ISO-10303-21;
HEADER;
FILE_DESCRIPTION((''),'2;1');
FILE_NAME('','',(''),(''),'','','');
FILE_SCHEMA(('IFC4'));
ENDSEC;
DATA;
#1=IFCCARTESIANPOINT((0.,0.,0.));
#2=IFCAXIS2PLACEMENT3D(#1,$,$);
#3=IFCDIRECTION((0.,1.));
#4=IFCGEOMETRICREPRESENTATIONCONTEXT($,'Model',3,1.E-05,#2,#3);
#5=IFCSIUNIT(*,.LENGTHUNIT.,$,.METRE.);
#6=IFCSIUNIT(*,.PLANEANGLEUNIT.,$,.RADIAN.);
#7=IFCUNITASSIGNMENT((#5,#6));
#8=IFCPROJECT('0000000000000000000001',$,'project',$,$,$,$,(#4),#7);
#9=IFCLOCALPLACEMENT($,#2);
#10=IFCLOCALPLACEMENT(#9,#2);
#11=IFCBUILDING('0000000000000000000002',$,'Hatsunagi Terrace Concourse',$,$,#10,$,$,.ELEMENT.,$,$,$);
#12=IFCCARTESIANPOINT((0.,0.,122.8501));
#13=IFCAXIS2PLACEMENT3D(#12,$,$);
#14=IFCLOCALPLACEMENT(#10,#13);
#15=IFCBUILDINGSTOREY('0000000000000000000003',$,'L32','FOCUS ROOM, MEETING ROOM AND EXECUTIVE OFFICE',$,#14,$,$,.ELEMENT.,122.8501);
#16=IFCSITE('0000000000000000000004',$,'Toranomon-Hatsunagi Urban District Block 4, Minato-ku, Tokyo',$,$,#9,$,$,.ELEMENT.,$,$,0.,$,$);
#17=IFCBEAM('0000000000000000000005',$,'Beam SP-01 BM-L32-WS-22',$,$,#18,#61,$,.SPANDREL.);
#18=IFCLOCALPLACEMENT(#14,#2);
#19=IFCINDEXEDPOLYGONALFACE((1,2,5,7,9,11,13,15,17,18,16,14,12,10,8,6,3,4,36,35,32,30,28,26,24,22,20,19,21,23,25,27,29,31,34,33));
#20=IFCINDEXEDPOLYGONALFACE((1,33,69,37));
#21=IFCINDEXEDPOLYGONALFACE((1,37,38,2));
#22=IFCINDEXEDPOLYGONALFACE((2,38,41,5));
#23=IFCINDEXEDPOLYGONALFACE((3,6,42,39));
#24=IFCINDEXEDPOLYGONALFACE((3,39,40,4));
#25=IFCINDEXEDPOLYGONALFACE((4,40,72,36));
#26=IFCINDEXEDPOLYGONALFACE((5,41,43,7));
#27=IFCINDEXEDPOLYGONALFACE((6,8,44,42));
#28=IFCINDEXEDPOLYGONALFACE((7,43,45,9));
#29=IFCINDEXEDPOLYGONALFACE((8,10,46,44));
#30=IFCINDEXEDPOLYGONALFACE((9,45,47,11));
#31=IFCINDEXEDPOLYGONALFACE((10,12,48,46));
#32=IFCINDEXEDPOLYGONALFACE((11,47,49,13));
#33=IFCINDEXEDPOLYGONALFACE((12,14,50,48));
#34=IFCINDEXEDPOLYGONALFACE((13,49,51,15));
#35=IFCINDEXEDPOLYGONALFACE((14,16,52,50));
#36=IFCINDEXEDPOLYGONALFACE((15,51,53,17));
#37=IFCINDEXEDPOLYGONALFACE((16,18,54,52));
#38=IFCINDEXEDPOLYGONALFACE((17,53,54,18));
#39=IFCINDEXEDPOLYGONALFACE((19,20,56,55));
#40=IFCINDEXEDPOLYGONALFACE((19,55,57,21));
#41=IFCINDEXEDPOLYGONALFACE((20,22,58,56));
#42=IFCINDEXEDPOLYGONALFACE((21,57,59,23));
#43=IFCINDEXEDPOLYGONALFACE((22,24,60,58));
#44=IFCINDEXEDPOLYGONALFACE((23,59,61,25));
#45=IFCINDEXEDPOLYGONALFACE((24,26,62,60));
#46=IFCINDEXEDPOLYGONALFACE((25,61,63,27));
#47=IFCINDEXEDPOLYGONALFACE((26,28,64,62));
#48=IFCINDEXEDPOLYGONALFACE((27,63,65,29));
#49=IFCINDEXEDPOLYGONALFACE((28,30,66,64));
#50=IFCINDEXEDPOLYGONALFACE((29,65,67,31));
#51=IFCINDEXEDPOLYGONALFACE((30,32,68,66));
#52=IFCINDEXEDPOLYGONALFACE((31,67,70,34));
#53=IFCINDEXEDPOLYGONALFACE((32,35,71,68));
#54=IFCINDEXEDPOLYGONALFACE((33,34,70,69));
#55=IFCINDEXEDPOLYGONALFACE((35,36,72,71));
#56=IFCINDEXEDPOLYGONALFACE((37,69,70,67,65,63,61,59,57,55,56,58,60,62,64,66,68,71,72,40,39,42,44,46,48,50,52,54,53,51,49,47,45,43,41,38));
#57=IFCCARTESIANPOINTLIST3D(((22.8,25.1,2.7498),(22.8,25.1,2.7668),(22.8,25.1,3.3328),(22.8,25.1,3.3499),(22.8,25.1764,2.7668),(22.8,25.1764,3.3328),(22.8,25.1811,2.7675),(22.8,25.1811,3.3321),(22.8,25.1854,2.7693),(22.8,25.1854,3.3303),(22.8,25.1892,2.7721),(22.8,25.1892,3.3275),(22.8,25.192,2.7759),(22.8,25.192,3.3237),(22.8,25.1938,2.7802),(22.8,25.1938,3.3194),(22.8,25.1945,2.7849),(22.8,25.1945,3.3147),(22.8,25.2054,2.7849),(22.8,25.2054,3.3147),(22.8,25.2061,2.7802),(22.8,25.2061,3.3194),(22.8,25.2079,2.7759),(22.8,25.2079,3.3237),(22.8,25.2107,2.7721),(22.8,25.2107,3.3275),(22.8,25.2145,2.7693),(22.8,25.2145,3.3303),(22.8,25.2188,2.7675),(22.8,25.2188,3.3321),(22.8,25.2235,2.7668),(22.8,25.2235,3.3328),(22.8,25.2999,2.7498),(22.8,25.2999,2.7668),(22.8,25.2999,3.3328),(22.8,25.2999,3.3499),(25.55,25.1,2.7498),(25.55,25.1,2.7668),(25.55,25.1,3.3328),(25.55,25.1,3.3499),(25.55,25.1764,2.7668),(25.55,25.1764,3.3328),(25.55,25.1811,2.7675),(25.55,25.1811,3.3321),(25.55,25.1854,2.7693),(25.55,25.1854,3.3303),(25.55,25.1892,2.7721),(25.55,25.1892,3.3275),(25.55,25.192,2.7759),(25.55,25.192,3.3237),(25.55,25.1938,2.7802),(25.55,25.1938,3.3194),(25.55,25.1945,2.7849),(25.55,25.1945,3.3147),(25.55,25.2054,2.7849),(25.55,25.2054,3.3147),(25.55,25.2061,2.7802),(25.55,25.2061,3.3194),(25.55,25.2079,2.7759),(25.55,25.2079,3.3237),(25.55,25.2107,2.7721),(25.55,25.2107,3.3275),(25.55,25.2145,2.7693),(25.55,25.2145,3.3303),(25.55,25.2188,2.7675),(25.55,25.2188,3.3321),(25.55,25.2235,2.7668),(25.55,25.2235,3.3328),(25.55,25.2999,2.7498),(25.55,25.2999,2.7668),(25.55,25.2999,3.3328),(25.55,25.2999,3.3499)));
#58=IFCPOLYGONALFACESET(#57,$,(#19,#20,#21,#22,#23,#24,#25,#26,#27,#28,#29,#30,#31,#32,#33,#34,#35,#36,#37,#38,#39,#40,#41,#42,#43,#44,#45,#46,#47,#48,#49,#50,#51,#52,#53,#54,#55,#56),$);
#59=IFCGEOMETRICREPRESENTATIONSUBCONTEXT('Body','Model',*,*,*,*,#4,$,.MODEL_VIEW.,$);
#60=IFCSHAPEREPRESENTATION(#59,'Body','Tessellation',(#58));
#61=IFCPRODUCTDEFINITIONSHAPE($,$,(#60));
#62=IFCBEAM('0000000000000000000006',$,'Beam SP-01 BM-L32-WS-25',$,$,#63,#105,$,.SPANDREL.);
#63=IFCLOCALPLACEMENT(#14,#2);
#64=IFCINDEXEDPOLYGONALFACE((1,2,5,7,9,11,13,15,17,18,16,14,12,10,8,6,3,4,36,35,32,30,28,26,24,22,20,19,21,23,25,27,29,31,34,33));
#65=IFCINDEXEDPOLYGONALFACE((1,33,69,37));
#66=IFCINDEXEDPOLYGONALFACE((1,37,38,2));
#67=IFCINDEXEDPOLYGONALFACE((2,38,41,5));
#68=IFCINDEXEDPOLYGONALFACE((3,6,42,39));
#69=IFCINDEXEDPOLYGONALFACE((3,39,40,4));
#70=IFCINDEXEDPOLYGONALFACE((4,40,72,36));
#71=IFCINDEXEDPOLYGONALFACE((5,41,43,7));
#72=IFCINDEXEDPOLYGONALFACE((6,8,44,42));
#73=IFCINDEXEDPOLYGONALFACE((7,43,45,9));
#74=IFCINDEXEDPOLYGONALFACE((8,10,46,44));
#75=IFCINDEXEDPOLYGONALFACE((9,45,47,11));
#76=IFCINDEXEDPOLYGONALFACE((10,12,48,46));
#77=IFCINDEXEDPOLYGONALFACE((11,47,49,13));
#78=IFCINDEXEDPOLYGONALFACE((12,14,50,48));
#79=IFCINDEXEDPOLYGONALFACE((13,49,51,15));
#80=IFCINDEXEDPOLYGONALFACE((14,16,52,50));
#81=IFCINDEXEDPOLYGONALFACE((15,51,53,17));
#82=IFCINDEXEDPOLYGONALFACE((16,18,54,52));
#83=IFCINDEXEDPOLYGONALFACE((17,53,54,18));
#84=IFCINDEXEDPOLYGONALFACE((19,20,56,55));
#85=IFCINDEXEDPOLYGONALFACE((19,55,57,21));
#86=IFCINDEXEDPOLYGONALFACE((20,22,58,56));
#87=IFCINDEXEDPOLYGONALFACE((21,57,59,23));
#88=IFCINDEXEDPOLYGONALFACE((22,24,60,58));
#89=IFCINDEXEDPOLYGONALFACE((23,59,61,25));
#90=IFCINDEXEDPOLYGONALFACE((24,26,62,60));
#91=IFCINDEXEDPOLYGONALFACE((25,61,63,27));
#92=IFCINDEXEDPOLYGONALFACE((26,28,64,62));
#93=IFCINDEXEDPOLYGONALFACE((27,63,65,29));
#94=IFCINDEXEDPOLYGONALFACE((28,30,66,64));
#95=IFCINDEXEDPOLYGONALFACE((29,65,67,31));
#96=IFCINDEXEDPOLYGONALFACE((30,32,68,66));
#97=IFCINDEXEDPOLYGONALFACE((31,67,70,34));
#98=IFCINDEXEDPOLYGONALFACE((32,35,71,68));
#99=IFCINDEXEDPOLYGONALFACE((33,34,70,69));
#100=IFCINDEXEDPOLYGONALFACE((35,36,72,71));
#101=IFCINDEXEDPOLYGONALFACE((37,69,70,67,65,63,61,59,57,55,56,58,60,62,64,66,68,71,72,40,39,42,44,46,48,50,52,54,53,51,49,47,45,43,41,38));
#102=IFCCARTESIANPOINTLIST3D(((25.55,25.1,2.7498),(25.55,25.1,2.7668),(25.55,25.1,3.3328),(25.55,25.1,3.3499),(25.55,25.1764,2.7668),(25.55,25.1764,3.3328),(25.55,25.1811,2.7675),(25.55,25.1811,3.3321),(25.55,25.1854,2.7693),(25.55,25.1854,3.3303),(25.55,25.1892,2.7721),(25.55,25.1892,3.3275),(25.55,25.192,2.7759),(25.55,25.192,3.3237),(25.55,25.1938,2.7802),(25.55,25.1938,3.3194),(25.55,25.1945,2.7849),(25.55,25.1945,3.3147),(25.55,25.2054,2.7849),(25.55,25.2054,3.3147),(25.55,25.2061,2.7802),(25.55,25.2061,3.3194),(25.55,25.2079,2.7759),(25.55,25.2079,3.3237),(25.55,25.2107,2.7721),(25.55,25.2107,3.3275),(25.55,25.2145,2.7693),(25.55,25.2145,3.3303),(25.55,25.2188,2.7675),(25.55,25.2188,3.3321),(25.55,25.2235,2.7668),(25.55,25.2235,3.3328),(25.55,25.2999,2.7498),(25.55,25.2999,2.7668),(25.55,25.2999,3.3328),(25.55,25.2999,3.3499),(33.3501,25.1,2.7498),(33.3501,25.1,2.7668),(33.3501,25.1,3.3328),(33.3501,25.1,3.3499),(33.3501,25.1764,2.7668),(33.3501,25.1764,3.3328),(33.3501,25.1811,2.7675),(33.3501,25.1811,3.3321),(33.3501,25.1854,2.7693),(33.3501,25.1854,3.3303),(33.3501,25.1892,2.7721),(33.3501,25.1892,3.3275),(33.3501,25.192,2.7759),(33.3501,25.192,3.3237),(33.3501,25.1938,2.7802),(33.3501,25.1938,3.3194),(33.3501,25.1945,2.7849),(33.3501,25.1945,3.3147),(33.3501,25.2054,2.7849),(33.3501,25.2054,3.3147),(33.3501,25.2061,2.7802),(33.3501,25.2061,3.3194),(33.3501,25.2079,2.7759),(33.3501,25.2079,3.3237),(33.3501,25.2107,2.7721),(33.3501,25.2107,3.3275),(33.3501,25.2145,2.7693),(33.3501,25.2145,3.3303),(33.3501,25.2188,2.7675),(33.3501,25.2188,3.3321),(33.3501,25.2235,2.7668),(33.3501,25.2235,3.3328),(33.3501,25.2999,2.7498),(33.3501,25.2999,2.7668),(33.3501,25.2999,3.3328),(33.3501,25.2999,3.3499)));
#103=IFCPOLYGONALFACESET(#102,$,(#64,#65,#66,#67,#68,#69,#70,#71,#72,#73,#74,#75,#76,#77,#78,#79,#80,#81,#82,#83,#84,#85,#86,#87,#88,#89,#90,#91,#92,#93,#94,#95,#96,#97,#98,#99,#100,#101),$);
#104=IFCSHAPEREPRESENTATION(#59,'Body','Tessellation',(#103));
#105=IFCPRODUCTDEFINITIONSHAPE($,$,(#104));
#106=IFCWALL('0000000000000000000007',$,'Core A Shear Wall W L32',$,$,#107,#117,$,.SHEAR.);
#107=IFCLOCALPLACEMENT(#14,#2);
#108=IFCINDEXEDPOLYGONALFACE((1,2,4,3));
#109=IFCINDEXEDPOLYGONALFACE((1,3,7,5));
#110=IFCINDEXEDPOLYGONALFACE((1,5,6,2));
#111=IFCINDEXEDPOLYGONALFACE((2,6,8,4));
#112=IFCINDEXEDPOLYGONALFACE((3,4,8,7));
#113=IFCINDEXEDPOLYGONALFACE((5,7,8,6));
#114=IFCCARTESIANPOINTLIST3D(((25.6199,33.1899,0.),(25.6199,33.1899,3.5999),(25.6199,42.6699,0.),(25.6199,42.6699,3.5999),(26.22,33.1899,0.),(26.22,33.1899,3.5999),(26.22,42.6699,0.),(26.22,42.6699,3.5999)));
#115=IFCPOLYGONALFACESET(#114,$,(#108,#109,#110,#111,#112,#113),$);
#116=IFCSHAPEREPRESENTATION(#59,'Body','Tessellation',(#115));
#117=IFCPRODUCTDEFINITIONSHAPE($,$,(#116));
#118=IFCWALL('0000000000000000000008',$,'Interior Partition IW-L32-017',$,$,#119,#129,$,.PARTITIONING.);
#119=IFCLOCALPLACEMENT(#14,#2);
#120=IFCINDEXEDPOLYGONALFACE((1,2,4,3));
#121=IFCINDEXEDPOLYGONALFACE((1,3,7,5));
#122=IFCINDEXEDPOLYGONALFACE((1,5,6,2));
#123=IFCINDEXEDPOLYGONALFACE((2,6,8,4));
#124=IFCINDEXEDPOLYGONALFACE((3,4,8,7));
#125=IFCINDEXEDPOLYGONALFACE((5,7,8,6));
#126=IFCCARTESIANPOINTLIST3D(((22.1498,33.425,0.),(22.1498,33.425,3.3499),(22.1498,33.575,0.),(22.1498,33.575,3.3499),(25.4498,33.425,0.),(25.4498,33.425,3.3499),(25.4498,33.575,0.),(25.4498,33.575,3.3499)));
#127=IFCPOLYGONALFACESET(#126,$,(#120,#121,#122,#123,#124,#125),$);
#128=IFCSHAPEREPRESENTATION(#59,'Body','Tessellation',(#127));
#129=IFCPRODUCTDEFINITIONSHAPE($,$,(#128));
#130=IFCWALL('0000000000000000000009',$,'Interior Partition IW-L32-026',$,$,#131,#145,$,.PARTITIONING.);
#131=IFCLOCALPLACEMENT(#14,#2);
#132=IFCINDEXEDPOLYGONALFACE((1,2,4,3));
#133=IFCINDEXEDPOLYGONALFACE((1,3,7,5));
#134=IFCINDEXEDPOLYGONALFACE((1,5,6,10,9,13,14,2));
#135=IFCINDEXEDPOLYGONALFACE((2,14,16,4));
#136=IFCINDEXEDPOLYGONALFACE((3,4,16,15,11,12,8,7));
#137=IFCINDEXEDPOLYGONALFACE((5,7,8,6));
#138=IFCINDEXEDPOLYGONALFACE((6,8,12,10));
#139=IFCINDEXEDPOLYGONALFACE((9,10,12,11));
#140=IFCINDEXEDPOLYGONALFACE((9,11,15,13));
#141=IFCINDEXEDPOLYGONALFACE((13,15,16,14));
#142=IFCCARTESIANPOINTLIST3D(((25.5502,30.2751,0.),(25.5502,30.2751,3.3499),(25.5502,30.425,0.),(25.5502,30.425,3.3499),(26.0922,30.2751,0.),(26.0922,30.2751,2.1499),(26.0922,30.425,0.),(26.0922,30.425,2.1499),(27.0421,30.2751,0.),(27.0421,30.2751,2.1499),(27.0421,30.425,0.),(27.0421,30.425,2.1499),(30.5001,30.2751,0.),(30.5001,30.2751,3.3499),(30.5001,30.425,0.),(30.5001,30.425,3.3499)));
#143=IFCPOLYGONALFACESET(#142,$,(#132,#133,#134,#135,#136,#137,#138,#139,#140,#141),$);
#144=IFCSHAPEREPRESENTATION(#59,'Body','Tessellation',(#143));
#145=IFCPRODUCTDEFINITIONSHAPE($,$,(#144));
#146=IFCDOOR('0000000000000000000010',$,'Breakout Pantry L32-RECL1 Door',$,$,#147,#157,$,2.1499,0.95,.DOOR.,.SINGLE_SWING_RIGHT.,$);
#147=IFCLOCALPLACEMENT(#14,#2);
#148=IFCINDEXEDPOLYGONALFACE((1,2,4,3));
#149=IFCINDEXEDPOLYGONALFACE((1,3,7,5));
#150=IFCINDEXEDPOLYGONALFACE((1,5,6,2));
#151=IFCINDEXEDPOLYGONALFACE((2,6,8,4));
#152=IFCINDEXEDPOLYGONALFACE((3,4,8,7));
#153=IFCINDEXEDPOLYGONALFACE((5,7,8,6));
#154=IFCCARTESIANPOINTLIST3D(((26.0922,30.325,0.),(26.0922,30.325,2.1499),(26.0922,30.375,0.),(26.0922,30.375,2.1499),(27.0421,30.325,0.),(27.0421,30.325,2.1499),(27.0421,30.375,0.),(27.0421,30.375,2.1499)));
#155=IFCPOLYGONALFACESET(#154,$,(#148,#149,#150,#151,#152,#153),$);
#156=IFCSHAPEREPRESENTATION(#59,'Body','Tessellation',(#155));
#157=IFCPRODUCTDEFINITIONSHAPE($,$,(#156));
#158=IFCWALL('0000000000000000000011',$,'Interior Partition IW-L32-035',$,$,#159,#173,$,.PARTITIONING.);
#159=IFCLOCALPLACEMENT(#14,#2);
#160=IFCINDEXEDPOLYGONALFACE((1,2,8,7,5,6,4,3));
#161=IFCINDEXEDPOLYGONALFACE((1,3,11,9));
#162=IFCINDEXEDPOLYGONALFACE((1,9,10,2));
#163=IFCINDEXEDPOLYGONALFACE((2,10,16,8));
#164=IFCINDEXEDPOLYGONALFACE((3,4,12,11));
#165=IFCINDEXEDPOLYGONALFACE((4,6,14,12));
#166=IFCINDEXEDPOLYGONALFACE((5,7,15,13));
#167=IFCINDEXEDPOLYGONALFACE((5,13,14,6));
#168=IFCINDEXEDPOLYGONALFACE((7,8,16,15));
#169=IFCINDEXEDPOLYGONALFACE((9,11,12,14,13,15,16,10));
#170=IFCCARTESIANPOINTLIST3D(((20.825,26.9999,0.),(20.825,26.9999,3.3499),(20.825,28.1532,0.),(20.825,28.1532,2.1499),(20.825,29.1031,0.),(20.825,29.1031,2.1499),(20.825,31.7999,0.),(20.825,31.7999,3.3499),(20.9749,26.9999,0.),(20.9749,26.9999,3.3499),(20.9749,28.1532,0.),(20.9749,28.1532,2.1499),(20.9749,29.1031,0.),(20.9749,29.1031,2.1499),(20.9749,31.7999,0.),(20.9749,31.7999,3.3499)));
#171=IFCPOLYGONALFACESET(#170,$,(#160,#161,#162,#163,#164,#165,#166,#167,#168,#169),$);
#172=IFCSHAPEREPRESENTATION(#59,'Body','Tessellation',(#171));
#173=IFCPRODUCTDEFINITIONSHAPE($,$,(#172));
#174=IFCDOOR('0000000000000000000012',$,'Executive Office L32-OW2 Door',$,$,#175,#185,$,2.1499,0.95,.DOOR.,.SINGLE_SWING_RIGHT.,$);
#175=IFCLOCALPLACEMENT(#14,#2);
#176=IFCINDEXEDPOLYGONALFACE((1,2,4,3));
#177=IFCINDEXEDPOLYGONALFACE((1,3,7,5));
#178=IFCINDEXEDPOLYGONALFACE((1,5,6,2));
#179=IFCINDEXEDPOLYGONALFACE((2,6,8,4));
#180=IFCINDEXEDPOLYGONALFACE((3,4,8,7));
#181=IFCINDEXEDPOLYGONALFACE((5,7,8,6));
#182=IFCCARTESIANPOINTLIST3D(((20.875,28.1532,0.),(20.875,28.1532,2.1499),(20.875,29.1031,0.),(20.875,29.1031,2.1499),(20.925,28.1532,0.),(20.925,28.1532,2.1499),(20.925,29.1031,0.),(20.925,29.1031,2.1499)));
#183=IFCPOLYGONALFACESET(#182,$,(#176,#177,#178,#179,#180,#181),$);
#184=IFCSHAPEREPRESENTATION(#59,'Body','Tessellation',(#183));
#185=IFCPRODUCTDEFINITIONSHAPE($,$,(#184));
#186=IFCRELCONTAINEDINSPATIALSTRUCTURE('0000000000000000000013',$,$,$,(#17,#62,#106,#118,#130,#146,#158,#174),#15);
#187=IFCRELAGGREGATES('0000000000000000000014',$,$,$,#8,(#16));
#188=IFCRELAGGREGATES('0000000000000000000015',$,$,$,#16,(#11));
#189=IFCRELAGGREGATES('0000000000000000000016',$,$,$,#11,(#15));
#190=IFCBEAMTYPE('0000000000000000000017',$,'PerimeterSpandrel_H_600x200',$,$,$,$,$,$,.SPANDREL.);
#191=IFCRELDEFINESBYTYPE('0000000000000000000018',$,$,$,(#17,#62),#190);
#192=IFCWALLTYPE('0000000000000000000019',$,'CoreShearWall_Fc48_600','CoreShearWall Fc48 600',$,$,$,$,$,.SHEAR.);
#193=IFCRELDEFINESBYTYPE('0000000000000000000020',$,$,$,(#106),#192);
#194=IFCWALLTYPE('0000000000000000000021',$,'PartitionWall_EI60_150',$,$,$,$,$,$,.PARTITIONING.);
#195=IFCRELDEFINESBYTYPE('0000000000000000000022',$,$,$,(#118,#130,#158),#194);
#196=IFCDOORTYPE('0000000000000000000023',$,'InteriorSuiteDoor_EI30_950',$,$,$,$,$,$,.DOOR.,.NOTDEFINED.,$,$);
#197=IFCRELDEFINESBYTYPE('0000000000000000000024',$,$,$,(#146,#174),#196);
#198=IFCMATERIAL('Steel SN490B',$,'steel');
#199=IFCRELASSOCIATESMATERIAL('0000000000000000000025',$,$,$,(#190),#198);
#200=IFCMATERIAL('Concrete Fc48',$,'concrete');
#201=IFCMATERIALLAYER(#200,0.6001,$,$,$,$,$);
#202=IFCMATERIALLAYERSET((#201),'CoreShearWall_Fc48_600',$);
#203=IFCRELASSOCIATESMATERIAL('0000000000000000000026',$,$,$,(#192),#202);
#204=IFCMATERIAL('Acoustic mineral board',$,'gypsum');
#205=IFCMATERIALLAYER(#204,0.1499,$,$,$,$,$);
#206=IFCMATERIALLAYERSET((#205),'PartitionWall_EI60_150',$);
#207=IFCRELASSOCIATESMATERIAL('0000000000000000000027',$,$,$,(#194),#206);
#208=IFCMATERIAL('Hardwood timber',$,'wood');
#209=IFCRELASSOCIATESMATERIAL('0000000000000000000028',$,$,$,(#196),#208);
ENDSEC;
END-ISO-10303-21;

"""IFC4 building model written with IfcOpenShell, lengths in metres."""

from ifc_helpers import new_model, si_unit, direction, frame, frame_2d, origin, origin_2d, place, context, subcontext, project, spatial, rectangle, i_section, extrude, material, layer, layer_set, material_profile, profile_set, type_object, element, fill, save


model = new_model("IFC4")

# Units and contexts
model_context = context("Model", 3, precision=1e-05, world=origin(), true_north=direction((0.0, 1.0)))
body_context = subcontext(model_context, "Body", "Model", "MODEL_VIEW")
ifc_project = project(units=[si_unit("LENGTHUNIT", "METRE"), si_unit("PLANEANGLEUNIT", "RADIAN")], contexts=[model_context])

# Site, building, storey
site_placement = place(None, origin())
site = spatial("IfcSite", under=ifc_project, at=site_placement, Name="Toranomon-Hatsunagi Urban District Block 4, Minato-ku, Tokyo", CompositionType="ELEMENT", RefElevation=0.0)
building_placement = place(site_placement, origin())
building = spatial("IfcBuilding", under=site, at=building_placement, Name="Hatsunagi Terrace Concourse", CompositionType="ELEMENT")
storey_placement = place(building_placement, frame((0.0, 0.0, 122.8501)))
storey = spatial("IfcBuildingStorey", under=building, at=storey_placement, Name="L32", Description="FOCUS ROOM, MEETING ROOM AND EXECUTIVE OFFICE", CompositionType="ELEMENT", Elevation=122.8501)

# Beams
ifc_material_1 = material(Name="Steel SN490B", Category="steel")
ifc_material_profile_1 = material_profile(ifc_material_1, i_section(OverallWidth=0.2, OverallDepth=0.6001, WebThickness=0.011, FlangeThickness=0.0171, FilletRadius=0.0181, at=origin_2d()), Name="H-600x200x11x17")
ifc_profile_set_1 = profile_set([ifc_material_profile_1], Name="Steel SN490B")
beam_type_1 = type_object("IfcBeamType", Name="PerimeterSpandrel_H_600x200", PredefinedType="SPANDREL", material=ifc_profile_set_1)
beam_1_placement = place(storey_placement, frame((22.8, 25.2, 3.0498), z_axis=(1.0, 0.0, 0.0), x_axis=(0.0, 1.0, 0.0)))
element("IfcBeam", 1, at=beam_1_placement, inside=storey, type_object=beam_type_1, Name="Beam SP-01 BM-L32-WS-22", PredefinedType="SPANDREL", context=body_context, shape_type="SweptSolid", body=[
    extrude(i_section(OverallWidth=0.2, OverallDepth=0.6001, WebThickness=0.011, FlangeThickness=0.0171, FilletRadius=0.0181, at=origin_2d()), origin(), (0.0, 0.0, 1.0), 2.75),
])
beam_2_placement = place(storey_placement, frame((25.55, 25.2, 3.0498), z_axis=(1.0, 0.0, 0.0), x_axis=(0.0, 1.0, 0.0)))
element("IfcBeam", 2, at=beam_2_placement, inside=storey, type_object=beam_type_1, Name="Beam SP-01 BM-L32-WS-25", PredefinedType="SPANDREL", context=body_context, shape_type="SweptSolid", body=[
    extrude(i_section(OverallWidth=0.2, OverallDepth=0.6001, WebThickness=0.011, FlangeThickness=0.0171, FilletRadius=0.0181, at=origin_2d()), origin(), (0.0, 0.0, 1.0), 7.8),
])

# Shared definitions
ifc_material_2 = material(Name="Concrete Fc48", Category="concrete")
ifc_layer_1 = layer(ifc_material_2, 0.6001)
ifc_layer_set_1 = layer_set([ifc_layer_1], Name="CoreShearWall_Fc48_600")
wall_type_1 = type_object("IfcWallType", Name="CoreShearWall_Fc48_600", Description="CoreShearWall Fc48 600", PredefinedType="SHEAR", material=ifc_layer_set_1)

# Walls
wall_1_placement = place(storey_placement, frame((25.9199, 33.1899, 0.0), z_axis=(0.0, 0.0, 1.0), x_axis=(0.0, 1.0, 0.0)))
element("IfcWall", 3, at=wall_1_placement, inside=storey, type_object=wall_type_1, Name="Core A Shear Wall W L32", PredefinedType="SHEAR", context=body_context, shape_type="SweptSolid", body=[
    extrude(rectangle(XDim=9.48, YDim=0.6001, at=frame_2d((4.74, 0.0))), origin(), (0.0, 0.0, 1.0), 3.5999),
])
ifc_material_3 = material(Name="Acoustic mineral board", Category="gypsum")
ifc_layer_2 = layer(ifc_material_3, 0.1499)
ifc_layer_set_2 = layer_set([ifc_layer_2], Name="PartitionWall_EI60_150")
wall_type_2 = type_object("IfcWallType", Name="PartitionWall_EI60_150", PredefinedType="PARTITIONING", material=ifc_layer_set_2)
wall_2_placement = place(storey_placement, frame((22.1499, 33.5, 0.0), z_axis=(0.0, 0.0, 1.0), x_axis=(1.0, 0.0, 0.0)))
element("IfcWall", 4, at=wall_2_placement, inside=storey, type_object=wall_type_2, Name="Interior Partition IW-L32-017", PredefinedType="PARTITIONING", context=body_context, shape_type="SweptSolid", body=[
    extrude(rectangle(XDim=3.3, YDim=0.1499, at=frame_2d((1.6499, 0.0))), origin(), (0.0, 0.0, 1.0), 3.3499),
])

# Walls, openings, doors
wall_3_placement = place(storey_placement, frame((25.55, 30.3501, 0.0), z_axis=(0.0, 0.0, 1.0), x_axis=(1.0, 0.0, 0.0)))
wall_3 = element("IfcWall", 5, at=wall_3_placement, inside=storey, type_object=wall_type_2, Name="Interior Partition IW-L32-026", PredefinedType="PARTITIONING", context=body_context, shape_type="SweptSolid", body=[
    extrude(rectangle(XDim=4.95, YDim=0.1499, at=frame_2d((2.4751, 0.0))), origin(), (0.0, 0.0, 1.0), 3.3499),
])
opening_1_placement = place(wall_3_placement, frame((0.542, 0.0, 0.0)))
opening_1 = element("IfcOpeningElement", 6, at=opening_1_placement, cuts=wall_3, PredefinedType="OPENING", context=body_context, shape_type="SweptSolid", body=[
    extrude(rectangle(XDim=0.95, YDim=2.1499, at=frame_2d((0.4751, 1.075))), frame((0.0, 0.085, 0.0), z_axis=(0.0, -1.0, 0.0), x_axis=(1.0, 0.0, 0.0)), (0.0, 0.0, 1.0), 0.1699),
])
ifc_material_4 = material(Name="Hardwood timber", Category="wood")
door_type_1 = type_object("IfcDoorType", Name="InteriorSuiteDoor_EI30_950", OperationType="NOTDEFINED", PredefinedType="DOOR", material=ifc_material_4)
door_1_placement = place(opening_1_placement, origin())
door_1 = element("IfcDoor", 7, at=door_1_placement, inside=storey, type_object=door_type_1, Name="Breakout Pantry L32-RECL1 Door", OperationType="SINGLE_SWING_RIGHT", OverallHeight=2.1499, OverallWidth=0.95, PredefinedType="DOOR", context=body_context, shape_type="SweptSolid", body=[
    extrude(rectangle(XDim=0.95, YDim=2.1499, at=frame_2d((0.4751, 1.075))), frame((0.0, 0.0249, 0.0), z_axis=(0.0, -1.0, 0.0), x_axis=(1.0, 0.0, 0.0)), (0.0, 0.0, 1.0), 0.05),
])
fill(opening_1, door_1)
wall_4_placement = place(storey_placement, frame((20.8999, 27.0, 0.0), z_axis=(0.0, 0.0, 1.0), x_axis=(0.0, 1.0, 0.0)))
wall_4 = element("IfcWall", 8, at=wall_4_placement, inside=storey, type_object=wall_type_2, Name="Interior Partition IW-L32-035", PredefinedType="PARTITIONING", context=body_context, shape_type="SweptSolid", body=[
    extrude(rectangle(XDim=4.8, YDim=0.1499, at=frame_2d((2.3999, 0.0))), origin(), (0.0, 0.0, 1.0), 3.3499),
])
opening_2_placement = place(wall_4_placement, frame((1.1531, 0.0, 0.0)))
opening_2 = element("IfcOpeningElement", 9, at=opening_2_placement, cuts=wall_4, PredefinedType="OPENING", context=body_context, shape_type="SweptSolid", body=[
    extrude(rectangle(XDim=0.95, YDim=2.1499, at=frame_2d((0.4751, 1.075))), frame((0.0, 0.085, 0.0), z_axis=(0.0, -1.0, 0.0), x_axis=(1.0, 0.0, 0.0)), (0.0, 0.0, 1.0), 0.1699),
])
door_2_placement = place(opening_2_placement, origin())
door_2 = element("IfcDoor", 10, at=door_2_placement, inside=storey, type_object=door_type_1, Name="Executive Office L32-OW2 Door", OperationType="SINGLE_SWING_RIGHT", OverallHeight=2.1499, OverallWidth=0.95, PredefinedType="DOOR", context=body_context, shape_type="SweptSolid", body=[
    extrude(rectangle(XDim=0.95, YDim=2.1499, at=frame_2d((0.4751, 1.075))), frame((0.0, 0.0249, 0.0), z_axis=(0.0, -1.0, 0.0), x_axis=(1.0, 0.0, 0.0)), (0.0, 0.0, 1.0), 0.05),
])
fill(opening_2, door_2)

save(model, "model.ifc")
